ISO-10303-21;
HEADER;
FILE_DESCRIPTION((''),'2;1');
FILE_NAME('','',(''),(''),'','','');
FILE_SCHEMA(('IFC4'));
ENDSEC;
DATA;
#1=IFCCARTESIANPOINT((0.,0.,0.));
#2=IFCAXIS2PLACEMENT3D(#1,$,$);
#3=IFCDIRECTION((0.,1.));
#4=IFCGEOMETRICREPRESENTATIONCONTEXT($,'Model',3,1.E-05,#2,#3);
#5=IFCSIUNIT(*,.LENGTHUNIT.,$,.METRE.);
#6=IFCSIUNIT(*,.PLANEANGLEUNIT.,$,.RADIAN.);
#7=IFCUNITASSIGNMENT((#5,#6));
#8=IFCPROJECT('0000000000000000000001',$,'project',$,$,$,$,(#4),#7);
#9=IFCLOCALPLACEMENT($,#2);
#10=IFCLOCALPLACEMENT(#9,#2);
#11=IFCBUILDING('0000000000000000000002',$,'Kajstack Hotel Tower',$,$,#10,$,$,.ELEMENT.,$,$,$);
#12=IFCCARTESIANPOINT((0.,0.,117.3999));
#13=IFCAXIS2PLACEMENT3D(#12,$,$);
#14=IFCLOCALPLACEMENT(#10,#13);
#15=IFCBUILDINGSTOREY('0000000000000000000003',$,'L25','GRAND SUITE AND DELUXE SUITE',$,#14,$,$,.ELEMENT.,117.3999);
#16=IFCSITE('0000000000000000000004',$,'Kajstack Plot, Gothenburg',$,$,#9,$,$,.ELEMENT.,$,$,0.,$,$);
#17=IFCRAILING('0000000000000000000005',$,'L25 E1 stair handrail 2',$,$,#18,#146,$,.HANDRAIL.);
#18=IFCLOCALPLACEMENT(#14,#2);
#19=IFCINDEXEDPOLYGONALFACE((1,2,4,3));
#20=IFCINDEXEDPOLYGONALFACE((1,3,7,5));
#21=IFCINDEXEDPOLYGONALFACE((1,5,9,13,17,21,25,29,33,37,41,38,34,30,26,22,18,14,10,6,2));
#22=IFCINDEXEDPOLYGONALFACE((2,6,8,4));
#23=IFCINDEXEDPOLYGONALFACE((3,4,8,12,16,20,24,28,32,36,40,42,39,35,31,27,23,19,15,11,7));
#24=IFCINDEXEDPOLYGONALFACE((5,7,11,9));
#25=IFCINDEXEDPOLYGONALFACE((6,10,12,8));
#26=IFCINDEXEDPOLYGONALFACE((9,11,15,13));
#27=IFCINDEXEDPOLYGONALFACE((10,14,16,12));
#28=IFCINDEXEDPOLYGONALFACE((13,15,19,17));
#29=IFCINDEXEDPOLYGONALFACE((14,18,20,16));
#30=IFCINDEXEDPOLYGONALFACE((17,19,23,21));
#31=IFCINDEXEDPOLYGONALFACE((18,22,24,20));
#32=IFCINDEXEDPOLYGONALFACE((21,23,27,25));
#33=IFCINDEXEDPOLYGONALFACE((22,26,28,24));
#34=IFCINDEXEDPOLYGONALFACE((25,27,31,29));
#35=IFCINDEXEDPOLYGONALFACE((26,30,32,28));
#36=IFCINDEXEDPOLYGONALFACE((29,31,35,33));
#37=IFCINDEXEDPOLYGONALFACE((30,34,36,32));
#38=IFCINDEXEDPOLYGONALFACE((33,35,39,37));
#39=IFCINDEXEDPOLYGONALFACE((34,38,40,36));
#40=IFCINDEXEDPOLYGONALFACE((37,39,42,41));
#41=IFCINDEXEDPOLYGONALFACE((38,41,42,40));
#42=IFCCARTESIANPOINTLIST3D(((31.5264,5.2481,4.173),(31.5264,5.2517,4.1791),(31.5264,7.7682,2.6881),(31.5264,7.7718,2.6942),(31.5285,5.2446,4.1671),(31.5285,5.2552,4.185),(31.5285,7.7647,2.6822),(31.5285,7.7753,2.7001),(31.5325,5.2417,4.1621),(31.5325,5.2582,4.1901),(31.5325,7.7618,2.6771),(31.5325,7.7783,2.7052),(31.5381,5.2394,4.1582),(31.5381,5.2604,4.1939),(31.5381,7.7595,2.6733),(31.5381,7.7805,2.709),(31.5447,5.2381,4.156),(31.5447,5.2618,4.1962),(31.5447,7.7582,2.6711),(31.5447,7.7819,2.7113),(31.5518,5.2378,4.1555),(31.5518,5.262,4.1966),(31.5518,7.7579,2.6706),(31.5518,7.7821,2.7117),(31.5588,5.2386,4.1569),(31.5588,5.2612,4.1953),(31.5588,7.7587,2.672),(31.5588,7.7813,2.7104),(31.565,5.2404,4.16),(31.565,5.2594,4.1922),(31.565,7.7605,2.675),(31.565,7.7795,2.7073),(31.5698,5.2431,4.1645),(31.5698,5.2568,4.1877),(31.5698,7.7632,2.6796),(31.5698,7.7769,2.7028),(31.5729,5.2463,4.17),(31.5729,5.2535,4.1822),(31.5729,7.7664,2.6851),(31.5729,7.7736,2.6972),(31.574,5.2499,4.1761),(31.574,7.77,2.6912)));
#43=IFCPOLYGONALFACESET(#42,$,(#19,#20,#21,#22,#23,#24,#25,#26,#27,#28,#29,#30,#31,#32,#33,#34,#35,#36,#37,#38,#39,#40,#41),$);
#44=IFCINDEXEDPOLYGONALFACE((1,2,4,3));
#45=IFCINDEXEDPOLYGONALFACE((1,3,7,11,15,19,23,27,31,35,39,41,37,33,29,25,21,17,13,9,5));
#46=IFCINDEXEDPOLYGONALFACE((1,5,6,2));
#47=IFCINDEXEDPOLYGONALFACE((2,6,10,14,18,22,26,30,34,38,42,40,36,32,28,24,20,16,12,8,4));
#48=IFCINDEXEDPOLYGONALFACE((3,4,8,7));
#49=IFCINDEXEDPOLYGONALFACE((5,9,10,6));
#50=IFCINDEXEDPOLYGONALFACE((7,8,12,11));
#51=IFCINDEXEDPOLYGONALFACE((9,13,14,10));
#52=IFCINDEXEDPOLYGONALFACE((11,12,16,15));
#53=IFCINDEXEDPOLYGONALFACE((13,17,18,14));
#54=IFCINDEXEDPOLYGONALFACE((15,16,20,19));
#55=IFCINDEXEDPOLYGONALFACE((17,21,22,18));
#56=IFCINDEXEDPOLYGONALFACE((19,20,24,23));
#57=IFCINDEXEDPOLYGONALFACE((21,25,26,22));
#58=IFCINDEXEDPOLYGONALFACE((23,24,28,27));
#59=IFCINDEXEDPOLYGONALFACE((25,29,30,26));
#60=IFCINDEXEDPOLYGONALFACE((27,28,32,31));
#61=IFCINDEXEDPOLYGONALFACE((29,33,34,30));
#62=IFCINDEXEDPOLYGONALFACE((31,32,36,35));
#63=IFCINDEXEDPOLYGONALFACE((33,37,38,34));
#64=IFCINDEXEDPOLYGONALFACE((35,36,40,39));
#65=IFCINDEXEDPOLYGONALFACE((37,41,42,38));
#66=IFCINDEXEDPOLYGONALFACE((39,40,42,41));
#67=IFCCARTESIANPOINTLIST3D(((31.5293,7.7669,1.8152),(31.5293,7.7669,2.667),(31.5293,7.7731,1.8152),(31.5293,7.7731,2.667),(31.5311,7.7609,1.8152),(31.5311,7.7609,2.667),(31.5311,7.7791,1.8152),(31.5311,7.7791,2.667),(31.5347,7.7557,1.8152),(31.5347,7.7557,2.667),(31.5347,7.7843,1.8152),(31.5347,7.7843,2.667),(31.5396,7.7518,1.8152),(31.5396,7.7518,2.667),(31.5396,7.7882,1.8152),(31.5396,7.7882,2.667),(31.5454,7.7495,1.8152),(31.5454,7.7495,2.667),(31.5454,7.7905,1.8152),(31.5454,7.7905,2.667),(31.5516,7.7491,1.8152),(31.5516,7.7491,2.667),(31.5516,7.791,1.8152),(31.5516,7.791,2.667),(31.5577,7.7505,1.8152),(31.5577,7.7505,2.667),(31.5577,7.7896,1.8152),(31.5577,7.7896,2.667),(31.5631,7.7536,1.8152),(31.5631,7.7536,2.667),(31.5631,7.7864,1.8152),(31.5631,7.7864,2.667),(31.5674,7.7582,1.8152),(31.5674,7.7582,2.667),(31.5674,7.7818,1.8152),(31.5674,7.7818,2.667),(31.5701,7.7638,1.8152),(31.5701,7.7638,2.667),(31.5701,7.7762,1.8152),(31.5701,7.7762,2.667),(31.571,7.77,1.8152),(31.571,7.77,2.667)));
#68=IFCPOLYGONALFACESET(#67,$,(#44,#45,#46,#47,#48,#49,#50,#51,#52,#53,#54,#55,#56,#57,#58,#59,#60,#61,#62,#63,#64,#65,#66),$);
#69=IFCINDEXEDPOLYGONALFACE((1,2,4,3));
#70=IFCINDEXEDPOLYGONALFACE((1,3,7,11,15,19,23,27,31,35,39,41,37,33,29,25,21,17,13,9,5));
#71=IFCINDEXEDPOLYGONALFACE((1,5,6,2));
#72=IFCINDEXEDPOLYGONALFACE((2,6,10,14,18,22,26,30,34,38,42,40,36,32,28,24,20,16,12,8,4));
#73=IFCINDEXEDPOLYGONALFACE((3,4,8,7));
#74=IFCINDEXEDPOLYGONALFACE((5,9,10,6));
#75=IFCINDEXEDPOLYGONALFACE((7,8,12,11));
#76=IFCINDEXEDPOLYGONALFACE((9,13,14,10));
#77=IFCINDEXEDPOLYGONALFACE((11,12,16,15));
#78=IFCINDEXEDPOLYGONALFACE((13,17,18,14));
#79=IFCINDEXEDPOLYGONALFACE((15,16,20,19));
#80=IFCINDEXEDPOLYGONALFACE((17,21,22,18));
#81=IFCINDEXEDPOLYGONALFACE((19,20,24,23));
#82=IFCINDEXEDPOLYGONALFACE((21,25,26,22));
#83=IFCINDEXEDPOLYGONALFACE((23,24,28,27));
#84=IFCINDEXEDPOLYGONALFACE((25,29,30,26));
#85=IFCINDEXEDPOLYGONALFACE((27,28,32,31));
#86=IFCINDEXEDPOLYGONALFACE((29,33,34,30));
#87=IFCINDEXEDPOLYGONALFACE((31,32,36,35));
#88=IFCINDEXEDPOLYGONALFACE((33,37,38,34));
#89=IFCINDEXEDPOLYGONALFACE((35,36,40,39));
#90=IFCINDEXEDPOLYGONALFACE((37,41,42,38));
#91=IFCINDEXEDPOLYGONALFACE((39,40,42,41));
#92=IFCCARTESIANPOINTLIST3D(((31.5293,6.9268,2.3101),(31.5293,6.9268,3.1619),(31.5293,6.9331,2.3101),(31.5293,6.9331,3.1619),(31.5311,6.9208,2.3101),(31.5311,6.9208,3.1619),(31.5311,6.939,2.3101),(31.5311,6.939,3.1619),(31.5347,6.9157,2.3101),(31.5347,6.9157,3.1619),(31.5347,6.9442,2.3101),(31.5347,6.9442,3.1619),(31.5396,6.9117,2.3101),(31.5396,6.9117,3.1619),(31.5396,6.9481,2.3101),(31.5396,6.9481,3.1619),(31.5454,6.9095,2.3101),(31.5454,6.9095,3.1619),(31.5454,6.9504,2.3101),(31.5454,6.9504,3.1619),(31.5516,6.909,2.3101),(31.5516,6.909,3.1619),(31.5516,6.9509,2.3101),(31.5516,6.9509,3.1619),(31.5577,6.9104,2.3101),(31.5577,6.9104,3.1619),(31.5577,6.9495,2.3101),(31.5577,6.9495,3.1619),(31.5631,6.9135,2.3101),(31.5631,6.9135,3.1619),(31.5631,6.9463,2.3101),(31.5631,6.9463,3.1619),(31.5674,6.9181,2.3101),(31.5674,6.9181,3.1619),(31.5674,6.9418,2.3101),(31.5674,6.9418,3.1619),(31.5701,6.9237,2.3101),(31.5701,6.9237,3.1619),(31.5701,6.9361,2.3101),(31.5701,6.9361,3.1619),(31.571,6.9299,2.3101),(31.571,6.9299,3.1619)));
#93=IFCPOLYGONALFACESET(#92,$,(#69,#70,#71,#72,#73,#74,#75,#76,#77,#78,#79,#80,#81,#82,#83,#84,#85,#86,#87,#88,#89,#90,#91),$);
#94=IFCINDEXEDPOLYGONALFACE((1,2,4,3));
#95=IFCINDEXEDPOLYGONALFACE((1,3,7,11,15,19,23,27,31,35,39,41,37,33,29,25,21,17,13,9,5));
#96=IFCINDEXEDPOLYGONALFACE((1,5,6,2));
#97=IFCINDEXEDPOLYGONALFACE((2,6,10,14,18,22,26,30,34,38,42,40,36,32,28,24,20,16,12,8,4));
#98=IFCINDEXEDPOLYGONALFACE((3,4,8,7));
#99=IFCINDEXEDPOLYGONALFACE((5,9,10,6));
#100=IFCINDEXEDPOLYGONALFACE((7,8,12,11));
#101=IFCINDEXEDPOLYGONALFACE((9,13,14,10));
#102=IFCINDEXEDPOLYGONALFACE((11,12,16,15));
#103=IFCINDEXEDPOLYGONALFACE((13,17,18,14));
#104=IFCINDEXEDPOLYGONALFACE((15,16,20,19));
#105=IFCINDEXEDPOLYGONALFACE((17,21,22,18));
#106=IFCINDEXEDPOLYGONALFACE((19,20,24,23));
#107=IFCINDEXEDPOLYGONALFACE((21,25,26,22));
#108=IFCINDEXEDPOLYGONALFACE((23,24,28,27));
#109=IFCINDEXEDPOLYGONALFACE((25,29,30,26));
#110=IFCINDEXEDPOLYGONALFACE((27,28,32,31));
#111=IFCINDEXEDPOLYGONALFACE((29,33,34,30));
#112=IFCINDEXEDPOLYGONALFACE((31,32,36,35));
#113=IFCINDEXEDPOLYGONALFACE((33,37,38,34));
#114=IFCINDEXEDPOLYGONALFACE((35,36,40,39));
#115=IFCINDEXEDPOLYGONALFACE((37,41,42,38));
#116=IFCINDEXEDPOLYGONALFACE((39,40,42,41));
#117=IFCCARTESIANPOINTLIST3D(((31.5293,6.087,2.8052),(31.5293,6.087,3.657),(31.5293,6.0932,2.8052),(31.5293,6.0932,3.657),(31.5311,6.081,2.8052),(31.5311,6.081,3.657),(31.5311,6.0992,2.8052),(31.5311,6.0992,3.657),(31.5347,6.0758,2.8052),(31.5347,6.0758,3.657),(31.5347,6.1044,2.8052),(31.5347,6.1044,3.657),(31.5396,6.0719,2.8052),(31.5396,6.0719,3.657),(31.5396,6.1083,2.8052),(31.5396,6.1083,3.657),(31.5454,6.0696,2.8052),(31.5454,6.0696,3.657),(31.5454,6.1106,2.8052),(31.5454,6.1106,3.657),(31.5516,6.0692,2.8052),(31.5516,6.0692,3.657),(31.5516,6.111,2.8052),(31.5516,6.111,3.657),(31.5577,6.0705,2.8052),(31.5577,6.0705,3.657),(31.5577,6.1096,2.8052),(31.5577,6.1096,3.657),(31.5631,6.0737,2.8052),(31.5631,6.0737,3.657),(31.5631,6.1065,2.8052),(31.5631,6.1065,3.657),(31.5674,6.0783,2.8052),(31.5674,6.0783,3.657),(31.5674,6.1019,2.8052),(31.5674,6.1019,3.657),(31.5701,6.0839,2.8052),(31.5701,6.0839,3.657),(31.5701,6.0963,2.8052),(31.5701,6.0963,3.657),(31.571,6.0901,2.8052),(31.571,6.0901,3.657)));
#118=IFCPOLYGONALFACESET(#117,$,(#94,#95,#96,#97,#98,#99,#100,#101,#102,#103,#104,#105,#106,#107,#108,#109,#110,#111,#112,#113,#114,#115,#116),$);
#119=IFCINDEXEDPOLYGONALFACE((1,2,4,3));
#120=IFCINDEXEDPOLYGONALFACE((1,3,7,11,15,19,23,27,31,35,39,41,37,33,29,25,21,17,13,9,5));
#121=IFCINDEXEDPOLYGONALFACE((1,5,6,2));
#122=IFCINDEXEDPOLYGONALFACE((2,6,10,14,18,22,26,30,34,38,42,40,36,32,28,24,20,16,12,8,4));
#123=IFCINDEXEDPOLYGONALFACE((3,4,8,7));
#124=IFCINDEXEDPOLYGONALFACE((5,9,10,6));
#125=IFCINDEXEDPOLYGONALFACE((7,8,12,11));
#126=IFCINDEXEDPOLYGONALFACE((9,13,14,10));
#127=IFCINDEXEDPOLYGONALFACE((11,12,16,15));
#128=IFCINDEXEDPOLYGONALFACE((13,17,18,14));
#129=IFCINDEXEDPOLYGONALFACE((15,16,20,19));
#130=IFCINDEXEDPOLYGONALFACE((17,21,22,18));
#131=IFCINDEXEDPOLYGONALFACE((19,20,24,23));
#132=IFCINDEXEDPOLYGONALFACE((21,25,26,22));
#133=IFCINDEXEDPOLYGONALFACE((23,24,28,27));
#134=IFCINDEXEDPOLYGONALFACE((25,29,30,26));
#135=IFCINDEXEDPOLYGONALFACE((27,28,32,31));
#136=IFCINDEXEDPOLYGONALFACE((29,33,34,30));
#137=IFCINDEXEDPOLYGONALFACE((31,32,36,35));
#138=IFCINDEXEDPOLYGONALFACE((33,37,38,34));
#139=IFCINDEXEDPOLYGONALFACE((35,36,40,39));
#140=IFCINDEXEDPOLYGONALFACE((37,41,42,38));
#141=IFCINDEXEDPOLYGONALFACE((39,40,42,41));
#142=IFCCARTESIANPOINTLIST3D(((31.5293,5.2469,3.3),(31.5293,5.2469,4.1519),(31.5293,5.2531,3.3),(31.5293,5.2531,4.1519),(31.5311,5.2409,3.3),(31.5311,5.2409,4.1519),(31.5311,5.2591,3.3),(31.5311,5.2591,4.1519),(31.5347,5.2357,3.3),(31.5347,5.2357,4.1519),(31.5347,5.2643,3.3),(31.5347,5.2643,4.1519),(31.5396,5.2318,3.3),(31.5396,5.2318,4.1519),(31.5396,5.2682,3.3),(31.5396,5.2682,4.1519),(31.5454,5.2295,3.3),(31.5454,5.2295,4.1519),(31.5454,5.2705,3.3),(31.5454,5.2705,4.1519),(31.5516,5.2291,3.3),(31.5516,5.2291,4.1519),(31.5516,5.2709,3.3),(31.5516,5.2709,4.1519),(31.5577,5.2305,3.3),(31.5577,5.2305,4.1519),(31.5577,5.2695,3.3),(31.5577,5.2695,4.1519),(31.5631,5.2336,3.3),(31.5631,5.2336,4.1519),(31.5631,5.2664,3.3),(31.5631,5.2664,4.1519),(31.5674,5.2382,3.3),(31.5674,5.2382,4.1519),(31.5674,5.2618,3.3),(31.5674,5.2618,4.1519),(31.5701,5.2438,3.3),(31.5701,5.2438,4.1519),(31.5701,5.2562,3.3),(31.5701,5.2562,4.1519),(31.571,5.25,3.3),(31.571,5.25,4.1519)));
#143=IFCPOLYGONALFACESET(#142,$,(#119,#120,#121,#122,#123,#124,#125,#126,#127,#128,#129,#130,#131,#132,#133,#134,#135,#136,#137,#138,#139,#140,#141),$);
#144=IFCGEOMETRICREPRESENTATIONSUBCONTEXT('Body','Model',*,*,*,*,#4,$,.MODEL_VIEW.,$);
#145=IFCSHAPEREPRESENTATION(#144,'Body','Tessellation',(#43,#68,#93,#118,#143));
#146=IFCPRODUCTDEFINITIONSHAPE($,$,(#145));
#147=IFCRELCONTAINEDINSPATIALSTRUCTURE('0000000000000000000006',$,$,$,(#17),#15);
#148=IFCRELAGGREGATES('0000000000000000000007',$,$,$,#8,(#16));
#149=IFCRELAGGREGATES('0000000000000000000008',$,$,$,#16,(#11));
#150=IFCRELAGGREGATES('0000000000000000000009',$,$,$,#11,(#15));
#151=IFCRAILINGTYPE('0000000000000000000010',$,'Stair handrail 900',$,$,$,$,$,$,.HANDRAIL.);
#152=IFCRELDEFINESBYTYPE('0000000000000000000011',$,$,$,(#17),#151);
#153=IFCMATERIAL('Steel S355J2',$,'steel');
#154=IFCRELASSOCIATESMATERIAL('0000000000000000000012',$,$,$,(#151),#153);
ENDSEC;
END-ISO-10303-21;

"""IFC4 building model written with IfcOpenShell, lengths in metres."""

from ifc_helpers import new_model, si_unit, direction, frame, origin, origin_2d, place, context, subcontext, project, spatial, circle, extrude, material, type_object, element, save


model = new_model("IFC4")

# Units and contexts
model_context = context("Model", 3, precision=1e-05, world=origin(), true_north=direction((0.0, 1.0)))
body_context = subcontext(model_context, "Body", "Model", "MODEL_VIEW")
ifc_project = project(units=[si_unit("LENGTHUNIT", "METRE"), si_unit("PLANEANGLEUNIT", "RADIAN")], contexts=[model_context])

# Site, building, storey
site_placement = place(None, origin())
site = spatial("IfcSite", under=ifc_project, at=site_placement, Name="Kajstack Plot, Gothenburg", CompositionType="ELEMENT", RefElevation=0.0)
building_placement = place(site_placement, origin())
building = spatial("IfcBuilding", under=site, at=building_placement, Name="Kajstack Hotel Tower", CompositionType="ELEMENT")
storey_placement = place(building_placement, frame((0.0, 0.0, 117.3999)))
storey = spatial("IfcBuildingStorey", under=building, at=storey_placement, Name="L25", Description="GRAND SUITE AND DELUXE SUITE", CompositionType="ELEMENT", Elevation=117.3999)

# Railing
ifc_material_1 = material(Name="Steel S355J2", Category="steel")
railing_type_1 = type_object("IfcRailingType", Name="Stair handrail 900", PredefinedType="HANDRAIL", material=ifc_material_1)
railing_1_placement = place(storey_placement, frame((31.55, 7.77, 1.8152)))
element("IfcRailing", 1, at=railing_1_placement, inside=storey, type_object=railing_type_1, Name="L25 E1 stair handrail 2", PredefinedType="HANDRAIL", context=body_context, shape_type="SweptSolid", body=[
    extrude(circle(Radius=0.0239, at=origin_2d()), frame((0.0, 0.0, 0.876), z_axis=(0.0, -0.861561, 0.507655), x_axis=(1.0, 0.0, 0.0)), (0.0, 0.0, 1.0), 2.925),
    extrude(circle(Radius=0.021, at=origin_2d()), origin(), (0.0, 0.0, 1.0), 0.8518),
    extrude(circle(Radius=0.021, at=origin_2d()), frame((0.0, -0.8401, 0.4949)), (0.0, 0.0, 1.0), 0.8518),
    extrude(circle(Radius=0.021, at=origin_2d()), frame((0.0, -1.6799, 0.99)), (0.0, 0.0, 1.0), 0.8518),
    extrude(circle(Radius=0.021, at=origin_2d()), frame((0.0, -2.52, 1.4849)), (0.0, 0.0, 1.0), 0.8518),
])

save(model, "model.ifc")
